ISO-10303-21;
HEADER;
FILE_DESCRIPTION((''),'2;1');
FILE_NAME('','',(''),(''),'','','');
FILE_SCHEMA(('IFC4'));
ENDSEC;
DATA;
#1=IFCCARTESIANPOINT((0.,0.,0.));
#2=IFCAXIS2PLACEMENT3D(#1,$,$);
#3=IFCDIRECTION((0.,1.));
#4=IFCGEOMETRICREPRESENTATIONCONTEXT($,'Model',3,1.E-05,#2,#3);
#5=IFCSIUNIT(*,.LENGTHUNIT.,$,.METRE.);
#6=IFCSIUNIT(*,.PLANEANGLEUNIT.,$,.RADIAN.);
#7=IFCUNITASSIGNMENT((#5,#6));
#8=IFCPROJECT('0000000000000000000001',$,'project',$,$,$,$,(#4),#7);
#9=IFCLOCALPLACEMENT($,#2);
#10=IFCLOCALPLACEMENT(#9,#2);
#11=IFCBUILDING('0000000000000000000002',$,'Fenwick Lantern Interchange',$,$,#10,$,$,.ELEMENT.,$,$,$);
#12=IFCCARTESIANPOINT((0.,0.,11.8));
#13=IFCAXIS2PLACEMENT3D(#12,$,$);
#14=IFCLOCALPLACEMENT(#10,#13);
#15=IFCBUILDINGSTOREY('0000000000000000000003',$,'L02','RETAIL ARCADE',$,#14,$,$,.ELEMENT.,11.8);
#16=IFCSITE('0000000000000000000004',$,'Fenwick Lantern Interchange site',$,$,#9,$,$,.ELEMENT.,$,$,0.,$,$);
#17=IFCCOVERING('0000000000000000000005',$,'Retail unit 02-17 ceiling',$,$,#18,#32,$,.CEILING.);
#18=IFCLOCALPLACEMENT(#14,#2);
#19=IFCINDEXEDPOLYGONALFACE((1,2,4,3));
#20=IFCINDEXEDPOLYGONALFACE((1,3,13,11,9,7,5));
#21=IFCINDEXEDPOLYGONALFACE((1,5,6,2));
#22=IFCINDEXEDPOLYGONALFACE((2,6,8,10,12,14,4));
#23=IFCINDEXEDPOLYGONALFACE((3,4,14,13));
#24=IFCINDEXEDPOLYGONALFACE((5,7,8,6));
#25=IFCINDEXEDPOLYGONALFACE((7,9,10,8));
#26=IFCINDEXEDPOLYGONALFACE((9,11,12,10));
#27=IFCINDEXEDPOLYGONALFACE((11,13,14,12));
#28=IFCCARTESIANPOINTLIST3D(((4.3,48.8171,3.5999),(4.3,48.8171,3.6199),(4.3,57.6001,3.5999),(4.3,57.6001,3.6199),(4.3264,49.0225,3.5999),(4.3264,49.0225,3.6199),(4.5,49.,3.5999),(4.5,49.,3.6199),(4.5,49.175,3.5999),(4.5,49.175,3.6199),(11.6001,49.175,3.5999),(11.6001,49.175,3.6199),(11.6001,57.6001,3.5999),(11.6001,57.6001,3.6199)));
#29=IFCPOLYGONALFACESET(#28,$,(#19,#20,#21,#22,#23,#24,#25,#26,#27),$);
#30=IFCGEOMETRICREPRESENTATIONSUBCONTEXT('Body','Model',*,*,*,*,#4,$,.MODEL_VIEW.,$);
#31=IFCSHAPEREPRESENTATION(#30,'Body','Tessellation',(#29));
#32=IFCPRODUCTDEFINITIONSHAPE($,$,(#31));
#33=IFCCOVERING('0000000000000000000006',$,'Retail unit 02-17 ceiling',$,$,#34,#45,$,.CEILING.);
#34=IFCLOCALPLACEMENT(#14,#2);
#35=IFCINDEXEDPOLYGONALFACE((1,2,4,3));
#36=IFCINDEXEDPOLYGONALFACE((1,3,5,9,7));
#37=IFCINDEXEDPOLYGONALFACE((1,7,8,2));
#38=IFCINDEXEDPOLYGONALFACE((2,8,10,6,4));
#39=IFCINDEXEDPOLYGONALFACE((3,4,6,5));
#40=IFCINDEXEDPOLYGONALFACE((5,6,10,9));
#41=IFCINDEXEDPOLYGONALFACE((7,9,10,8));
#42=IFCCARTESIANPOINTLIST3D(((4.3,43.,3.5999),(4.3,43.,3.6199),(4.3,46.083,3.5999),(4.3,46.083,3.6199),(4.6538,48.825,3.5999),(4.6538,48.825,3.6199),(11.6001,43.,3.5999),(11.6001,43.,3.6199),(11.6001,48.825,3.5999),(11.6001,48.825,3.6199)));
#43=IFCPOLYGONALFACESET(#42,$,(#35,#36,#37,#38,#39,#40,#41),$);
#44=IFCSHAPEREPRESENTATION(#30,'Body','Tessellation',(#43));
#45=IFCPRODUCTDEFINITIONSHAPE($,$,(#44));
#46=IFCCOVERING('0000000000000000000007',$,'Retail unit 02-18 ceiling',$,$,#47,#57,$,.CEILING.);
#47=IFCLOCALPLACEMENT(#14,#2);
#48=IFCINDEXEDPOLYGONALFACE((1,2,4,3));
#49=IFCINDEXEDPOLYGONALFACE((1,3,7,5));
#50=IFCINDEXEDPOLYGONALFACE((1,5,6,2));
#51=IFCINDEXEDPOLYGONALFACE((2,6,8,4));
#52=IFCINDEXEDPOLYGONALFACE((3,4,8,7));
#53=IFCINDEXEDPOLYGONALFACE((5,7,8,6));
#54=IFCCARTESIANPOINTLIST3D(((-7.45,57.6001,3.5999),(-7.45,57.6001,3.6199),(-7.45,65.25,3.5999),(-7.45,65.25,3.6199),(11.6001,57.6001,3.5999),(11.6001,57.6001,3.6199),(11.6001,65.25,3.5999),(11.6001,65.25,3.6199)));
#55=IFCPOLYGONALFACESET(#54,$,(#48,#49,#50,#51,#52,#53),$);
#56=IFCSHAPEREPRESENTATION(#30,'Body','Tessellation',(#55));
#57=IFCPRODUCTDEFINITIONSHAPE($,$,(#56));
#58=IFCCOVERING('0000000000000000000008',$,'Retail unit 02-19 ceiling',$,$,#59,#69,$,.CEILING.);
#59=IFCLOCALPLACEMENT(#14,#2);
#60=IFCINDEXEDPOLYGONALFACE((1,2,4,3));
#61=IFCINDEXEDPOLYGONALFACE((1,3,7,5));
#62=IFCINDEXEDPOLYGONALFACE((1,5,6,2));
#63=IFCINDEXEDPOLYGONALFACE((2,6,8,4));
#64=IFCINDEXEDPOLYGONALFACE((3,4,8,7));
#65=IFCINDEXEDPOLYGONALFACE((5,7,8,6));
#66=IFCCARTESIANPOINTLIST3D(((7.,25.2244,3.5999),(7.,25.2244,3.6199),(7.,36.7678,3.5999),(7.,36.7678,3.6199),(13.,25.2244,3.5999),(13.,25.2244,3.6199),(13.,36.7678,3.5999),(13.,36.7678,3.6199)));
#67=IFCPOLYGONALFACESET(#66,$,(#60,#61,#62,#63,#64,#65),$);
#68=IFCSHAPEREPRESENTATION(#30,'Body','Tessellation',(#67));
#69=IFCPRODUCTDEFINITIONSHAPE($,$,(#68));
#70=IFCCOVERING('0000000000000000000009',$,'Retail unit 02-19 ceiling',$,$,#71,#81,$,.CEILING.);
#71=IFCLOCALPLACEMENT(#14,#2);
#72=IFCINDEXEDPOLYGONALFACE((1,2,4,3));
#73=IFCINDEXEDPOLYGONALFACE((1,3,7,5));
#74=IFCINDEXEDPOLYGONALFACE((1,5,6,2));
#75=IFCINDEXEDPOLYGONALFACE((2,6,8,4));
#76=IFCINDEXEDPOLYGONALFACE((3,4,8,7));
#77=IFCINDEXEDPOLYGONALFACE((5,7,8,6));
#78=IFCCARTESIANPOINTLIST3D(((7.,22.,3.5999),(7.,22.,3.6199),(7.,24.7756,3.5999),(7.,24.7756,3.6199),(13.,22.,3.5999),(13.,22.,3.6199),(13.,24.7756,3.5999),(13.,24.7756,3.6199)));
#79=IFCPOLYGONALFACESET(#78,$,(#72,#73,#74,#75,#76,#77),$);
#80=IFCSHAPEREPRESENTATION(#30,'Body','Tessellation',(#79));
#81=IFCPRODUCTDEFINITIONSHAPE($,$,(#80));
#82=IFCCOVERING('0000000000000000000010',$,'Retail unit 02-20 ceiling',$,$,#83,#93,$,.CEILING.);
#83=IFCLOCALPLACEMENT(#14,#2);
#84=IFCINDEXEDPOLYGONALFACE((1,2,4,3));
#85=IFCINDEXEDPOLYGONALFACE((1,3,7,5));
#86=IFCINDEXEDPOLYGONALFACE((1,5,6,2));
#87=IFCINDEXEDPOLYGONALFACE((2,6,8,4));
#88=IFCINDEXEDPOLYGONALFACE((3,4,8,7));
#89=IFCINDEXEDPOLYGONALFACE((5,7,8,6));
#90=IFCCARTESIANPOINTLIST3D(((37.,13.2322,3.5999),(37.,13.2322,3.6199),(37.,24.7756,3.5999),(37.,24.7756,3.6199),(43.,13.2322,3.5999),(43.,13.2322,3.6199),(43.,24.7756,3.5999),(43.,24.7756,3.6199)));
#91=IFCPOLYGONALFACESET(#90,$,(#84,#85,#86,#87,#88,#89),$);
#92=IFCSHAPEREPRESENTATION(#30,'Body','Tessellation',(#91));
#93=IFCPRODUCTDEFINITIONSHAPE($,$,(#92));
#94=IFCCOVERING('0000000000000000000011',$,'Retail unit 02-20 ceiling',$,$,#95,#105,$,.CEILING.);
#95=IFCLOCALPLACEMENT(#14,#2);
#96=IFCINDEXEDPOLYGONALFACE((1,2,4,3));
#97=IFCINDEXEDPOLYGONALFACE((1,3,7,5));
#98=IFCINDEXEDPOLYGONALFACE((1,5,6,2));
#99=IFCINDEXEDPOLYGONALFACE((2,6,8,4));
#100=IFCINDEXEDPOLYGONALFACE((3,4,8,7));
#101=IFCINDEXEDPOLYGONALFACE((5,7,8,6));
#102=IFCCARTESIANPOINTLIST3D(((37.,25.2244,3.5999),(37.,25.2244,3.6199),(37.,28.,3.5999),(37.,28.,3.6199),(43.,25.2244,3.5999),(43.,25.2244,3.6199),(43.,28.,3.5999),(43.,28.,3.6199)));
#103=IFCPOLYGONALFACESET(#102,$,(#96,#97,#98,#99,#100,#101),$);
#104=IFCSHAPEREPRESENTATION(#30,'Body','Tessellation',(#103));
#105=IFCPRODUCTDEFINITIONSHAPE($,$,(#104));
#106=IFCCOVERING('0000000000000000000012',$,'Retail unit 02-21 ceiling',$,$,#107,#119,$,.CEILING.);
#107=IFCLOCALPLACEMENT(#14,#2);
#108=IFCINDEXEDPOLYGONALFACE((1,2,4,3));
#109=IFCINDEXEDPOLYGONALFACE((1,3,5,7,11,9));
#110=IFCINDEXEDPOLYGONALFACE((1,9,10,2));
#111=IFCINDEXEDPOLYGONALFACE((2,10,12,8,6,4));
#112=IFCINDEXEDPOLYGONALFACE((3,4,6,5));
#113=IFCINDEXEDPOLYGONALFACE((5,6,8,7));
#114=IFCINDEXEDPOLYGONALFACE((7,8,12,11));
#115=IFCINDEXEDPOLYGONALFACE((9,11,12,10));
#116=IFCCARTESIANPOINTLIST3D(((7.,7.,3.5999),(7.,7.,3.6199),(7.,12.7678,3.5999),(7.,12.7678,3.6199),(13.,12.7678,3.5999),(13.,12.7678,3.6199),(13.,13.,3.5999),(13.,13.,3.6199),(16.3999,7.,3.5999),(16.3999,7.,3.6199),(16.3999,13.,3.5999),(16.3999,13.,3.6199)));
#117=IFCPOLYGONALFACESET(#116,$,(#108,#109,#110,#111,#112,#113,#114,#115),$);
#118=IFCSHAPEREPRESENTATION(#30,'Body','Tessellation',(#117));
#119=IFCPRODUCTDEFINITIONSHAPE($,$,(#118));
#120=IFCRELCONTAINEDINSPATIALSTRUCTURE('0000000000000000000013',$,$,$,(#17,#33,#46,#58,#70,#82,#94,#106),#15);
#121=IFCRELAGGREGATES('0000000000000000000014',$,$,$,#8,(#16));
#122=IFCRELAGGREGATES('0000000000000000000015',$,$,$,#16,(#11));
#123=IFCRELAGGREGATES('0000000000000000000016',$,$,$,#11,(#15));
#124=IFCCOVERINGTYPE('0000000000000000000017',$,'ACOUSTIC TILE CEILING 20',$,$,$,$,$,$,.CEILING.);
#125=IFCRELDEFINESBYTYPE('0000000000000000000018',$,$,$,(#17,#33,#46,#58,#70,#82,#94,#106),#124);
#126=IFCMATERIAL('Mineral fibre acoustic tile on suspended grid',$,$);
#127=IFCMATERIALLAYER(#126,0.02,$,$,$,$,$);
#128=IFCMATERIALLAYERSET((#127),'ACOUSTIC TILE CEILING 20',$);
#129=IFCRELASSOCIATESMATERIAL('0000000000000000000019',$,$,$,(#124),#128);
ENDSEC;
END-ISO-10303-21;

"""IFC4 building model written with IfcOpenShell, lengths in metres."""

from ifc_helpers import new_model, si_unit, direction, frame, origin, place, context, subcontext, project, spatial, polyline, outline, extrude, material, layer, layer_set, type_object, element, save


model = new_model("IFC4")

# Units and contexts
model_context = context("Model", 3, precision=1e-05, world=origin(), true_north=direction((0.0, 1.0)))
body_context = subcontext(model_context, "Body", "Model", "MODEL_VIEW")
ifc_project = project(units=[si_unit("LENGTHUNIT", "METRE"), si_unit("PLANEANGLEUNIT", "RADIAN")], contexts=[model_context])

# Site, building, storey
site_placement = place(None, origin())
site = spatial("IfcSite", under=ifc_project, at=site_placement, Name="Fenwick Lantern Interchange site", CompositionType="ELEMENT", RefElevation=0.0)
building_placement = place(site_placement, origin())
building = spatial("IfcBuilding", under=site, at=building_placement, Name="Fenwick Lantern Interchange", CompositionType="ELEMENT")
storey_placement = place(building_placement, frame((0.0, 0.0, 11.8)))
storey = spatial("IfcBuildingStorey", under=building, at=storey_placement, Name="L02", Description="RETAIL ARCADE", CompositionType="ELEMENT", Elevation=11.8)

# Coverings
ifc_material_1 = material(Name="Mineral fibre acoustic tile on suspended grid")
ifc_layer = layer(ifc_material_1, 0.02)
ifc_layer_set = layer_set([ifc_layer], Name="ACOUSTIC TILE CEILING 20")
covering_type = type_object("IfcCoveringType", Name="ACOUSTIC TILE CEILING 20", PredefinedType="CEILING", material=ifc_layer_set)
covering_1_placement = place(storey_placement, frame((0.0, 0.0, 3.5999)))
element("IfcCovering", 1, at=covering_1_placement, inside=storey, type_object=covering_type, Name="Retail unit 02-17 ceiling", PredefinedType="CEILING", context=body_context, shape_type="SweptSolid", body=[
    extrude(outline(polyline([(4.3, 57.6001), (4.3, 48.8171), (4.3264, 49.0225), (4.5, 49.0), (4.5, 49.175), (11.6001, 49.175), (11.6001, 57.6001), (4.3, 57.6001)])), origin(), (0.0, 0.0, 1.0), 0.02),
])
covering_2_placement = place(storey_placement, frame((0.0, 0.0, 3.5999)))
element("IfcCovering", 2, at=covering_2_placement, inside=storey, type_object=covering_type, Name="Retail unit 02-17 ceiling", PredefinedType="CEILING", context=body_context, shape_type="SweptSolid", body=[
    extrude(outline(polyline([(4.3, 46.083), (4.3, 43.0), (11.6001, 43.0), (11.6001, 48.825), (4.6538, 48.825), (4.3, 46.083)])), origin(), (0.0, 0.0, 1.0), 0.02),
])
covering_3_placement = place(storey_placement, frame((0.0, 0.0, 3.5999)))
element("IfcCovering", 3, at=covering_3_placement, inside=storey, type_object=covering_type, Name="Retail unit 02-18 ceiling", PredefinedType="CEILING", context=body_context, shape_type="SweptSolid", body=[
    extrude(outline(polyline([(11.6001, 57.6001), (11.6001, 65.25), (-7.45, 65.25), (-7.45, 57.6001), (11.6001, 57.6001)])), origin(), (0.0, 0.0, 1.0), 0.02),
])
covering_4_placement = place(storey_placement, frame((0.0, 0.0, 3.5999)))
element("IfcCovering", 4, at=covering_4_placement, inside=storey, type_object=covering_type, Name="Retail unit 02-19 ceiling", PredefinedType="CEILING", context=body_context, shape_type="SweptSolid", body=[
    extrude(outline(polyline([(7.0, 36.7678), (7.0, 25.2244), (13.0, 25.2244), (13.0, 36.7678), (7.0, 36.7678)])), origin(), (0.0, 0.0, 1.0), 0.02),
])
covering_5_placement = place(storey_placement, frame((0.0, 0.0, 3.5999)))
element("IfcCovering", 5, at=covering_5_placement, inside=storey, type_object=covering_type, Name="Retail unit 02-19 ceiling", PredefinedType="CEILING", context=body_context, shape_type="SweptSolid", body=[
    extrude(outline(polyline([(7.0, 24.7756), (7.0, 22.0), (13.0, 22.0), (13.0, 24.7756), (7.0, 24.7756)])), origin(), (0.0, 0.0, 1.0), 0.02),
])
covering_6_placement = place(storey_placement, frame((0.0, 0.0, 3.5999)))
element("IfcCovering", 6, at=covering_6_placement, inside=storey, type_object=covering_type, Name="Retail unit 02-20 ceiling", PredefinedType="CEILING", context=body_context, shape_type="SweptSolid", body=[
    extrude(outline(polyline([(37.0, 24.7756), (37.0, 13.2322), (43.0, 13.2322), (43.0, 24.7756), (37.0, 24.7756)])), origin(), (0.0, 0.0, 1.0), 0.02),
])
covering_7_placement = place(storey_placement, frame((0.0, 0.0, 3.5999)))
element("IfcCovering", 7, at=covering_7_placement, inside=storey, type_object=covering_type, Name="Retail unit 02-20 ceiling", PredefinedType="CEILING", context=body_context, shape_type="SweptSolid", body=[
    extrude(outline(polyline([(37.0, 28.0), (37.0, 25.2244), (43.0, 25.2244), (43.0, 28.0), (37.0, 28.0)])), origin(), (0.0, 0.0, 1.0), 0.02),
])
covering_8_placement = place(storey_placement, frame((0.0, 0.0, 3.5999)))
element("IfcCovering", 8, at=covering_8_placement, inside=storey, type_object=covering_type, Name="Retail unit 02-21 ceiling", PredefinedType="CEILING", context=body_context, shape_type="SweptSolid", body=[
    extrude(outline(polyline([(7.0, 12.7678), (7.0, 7.0), (16.3999, 7.0), (16.3999, 13.0), (13.0, 13.0), (13.0, 12.7678), (7.0, 12.7678)])), origin(), (0.0, 0.0, 1.0), 0.02),
])

save(model, "model.ifc")
